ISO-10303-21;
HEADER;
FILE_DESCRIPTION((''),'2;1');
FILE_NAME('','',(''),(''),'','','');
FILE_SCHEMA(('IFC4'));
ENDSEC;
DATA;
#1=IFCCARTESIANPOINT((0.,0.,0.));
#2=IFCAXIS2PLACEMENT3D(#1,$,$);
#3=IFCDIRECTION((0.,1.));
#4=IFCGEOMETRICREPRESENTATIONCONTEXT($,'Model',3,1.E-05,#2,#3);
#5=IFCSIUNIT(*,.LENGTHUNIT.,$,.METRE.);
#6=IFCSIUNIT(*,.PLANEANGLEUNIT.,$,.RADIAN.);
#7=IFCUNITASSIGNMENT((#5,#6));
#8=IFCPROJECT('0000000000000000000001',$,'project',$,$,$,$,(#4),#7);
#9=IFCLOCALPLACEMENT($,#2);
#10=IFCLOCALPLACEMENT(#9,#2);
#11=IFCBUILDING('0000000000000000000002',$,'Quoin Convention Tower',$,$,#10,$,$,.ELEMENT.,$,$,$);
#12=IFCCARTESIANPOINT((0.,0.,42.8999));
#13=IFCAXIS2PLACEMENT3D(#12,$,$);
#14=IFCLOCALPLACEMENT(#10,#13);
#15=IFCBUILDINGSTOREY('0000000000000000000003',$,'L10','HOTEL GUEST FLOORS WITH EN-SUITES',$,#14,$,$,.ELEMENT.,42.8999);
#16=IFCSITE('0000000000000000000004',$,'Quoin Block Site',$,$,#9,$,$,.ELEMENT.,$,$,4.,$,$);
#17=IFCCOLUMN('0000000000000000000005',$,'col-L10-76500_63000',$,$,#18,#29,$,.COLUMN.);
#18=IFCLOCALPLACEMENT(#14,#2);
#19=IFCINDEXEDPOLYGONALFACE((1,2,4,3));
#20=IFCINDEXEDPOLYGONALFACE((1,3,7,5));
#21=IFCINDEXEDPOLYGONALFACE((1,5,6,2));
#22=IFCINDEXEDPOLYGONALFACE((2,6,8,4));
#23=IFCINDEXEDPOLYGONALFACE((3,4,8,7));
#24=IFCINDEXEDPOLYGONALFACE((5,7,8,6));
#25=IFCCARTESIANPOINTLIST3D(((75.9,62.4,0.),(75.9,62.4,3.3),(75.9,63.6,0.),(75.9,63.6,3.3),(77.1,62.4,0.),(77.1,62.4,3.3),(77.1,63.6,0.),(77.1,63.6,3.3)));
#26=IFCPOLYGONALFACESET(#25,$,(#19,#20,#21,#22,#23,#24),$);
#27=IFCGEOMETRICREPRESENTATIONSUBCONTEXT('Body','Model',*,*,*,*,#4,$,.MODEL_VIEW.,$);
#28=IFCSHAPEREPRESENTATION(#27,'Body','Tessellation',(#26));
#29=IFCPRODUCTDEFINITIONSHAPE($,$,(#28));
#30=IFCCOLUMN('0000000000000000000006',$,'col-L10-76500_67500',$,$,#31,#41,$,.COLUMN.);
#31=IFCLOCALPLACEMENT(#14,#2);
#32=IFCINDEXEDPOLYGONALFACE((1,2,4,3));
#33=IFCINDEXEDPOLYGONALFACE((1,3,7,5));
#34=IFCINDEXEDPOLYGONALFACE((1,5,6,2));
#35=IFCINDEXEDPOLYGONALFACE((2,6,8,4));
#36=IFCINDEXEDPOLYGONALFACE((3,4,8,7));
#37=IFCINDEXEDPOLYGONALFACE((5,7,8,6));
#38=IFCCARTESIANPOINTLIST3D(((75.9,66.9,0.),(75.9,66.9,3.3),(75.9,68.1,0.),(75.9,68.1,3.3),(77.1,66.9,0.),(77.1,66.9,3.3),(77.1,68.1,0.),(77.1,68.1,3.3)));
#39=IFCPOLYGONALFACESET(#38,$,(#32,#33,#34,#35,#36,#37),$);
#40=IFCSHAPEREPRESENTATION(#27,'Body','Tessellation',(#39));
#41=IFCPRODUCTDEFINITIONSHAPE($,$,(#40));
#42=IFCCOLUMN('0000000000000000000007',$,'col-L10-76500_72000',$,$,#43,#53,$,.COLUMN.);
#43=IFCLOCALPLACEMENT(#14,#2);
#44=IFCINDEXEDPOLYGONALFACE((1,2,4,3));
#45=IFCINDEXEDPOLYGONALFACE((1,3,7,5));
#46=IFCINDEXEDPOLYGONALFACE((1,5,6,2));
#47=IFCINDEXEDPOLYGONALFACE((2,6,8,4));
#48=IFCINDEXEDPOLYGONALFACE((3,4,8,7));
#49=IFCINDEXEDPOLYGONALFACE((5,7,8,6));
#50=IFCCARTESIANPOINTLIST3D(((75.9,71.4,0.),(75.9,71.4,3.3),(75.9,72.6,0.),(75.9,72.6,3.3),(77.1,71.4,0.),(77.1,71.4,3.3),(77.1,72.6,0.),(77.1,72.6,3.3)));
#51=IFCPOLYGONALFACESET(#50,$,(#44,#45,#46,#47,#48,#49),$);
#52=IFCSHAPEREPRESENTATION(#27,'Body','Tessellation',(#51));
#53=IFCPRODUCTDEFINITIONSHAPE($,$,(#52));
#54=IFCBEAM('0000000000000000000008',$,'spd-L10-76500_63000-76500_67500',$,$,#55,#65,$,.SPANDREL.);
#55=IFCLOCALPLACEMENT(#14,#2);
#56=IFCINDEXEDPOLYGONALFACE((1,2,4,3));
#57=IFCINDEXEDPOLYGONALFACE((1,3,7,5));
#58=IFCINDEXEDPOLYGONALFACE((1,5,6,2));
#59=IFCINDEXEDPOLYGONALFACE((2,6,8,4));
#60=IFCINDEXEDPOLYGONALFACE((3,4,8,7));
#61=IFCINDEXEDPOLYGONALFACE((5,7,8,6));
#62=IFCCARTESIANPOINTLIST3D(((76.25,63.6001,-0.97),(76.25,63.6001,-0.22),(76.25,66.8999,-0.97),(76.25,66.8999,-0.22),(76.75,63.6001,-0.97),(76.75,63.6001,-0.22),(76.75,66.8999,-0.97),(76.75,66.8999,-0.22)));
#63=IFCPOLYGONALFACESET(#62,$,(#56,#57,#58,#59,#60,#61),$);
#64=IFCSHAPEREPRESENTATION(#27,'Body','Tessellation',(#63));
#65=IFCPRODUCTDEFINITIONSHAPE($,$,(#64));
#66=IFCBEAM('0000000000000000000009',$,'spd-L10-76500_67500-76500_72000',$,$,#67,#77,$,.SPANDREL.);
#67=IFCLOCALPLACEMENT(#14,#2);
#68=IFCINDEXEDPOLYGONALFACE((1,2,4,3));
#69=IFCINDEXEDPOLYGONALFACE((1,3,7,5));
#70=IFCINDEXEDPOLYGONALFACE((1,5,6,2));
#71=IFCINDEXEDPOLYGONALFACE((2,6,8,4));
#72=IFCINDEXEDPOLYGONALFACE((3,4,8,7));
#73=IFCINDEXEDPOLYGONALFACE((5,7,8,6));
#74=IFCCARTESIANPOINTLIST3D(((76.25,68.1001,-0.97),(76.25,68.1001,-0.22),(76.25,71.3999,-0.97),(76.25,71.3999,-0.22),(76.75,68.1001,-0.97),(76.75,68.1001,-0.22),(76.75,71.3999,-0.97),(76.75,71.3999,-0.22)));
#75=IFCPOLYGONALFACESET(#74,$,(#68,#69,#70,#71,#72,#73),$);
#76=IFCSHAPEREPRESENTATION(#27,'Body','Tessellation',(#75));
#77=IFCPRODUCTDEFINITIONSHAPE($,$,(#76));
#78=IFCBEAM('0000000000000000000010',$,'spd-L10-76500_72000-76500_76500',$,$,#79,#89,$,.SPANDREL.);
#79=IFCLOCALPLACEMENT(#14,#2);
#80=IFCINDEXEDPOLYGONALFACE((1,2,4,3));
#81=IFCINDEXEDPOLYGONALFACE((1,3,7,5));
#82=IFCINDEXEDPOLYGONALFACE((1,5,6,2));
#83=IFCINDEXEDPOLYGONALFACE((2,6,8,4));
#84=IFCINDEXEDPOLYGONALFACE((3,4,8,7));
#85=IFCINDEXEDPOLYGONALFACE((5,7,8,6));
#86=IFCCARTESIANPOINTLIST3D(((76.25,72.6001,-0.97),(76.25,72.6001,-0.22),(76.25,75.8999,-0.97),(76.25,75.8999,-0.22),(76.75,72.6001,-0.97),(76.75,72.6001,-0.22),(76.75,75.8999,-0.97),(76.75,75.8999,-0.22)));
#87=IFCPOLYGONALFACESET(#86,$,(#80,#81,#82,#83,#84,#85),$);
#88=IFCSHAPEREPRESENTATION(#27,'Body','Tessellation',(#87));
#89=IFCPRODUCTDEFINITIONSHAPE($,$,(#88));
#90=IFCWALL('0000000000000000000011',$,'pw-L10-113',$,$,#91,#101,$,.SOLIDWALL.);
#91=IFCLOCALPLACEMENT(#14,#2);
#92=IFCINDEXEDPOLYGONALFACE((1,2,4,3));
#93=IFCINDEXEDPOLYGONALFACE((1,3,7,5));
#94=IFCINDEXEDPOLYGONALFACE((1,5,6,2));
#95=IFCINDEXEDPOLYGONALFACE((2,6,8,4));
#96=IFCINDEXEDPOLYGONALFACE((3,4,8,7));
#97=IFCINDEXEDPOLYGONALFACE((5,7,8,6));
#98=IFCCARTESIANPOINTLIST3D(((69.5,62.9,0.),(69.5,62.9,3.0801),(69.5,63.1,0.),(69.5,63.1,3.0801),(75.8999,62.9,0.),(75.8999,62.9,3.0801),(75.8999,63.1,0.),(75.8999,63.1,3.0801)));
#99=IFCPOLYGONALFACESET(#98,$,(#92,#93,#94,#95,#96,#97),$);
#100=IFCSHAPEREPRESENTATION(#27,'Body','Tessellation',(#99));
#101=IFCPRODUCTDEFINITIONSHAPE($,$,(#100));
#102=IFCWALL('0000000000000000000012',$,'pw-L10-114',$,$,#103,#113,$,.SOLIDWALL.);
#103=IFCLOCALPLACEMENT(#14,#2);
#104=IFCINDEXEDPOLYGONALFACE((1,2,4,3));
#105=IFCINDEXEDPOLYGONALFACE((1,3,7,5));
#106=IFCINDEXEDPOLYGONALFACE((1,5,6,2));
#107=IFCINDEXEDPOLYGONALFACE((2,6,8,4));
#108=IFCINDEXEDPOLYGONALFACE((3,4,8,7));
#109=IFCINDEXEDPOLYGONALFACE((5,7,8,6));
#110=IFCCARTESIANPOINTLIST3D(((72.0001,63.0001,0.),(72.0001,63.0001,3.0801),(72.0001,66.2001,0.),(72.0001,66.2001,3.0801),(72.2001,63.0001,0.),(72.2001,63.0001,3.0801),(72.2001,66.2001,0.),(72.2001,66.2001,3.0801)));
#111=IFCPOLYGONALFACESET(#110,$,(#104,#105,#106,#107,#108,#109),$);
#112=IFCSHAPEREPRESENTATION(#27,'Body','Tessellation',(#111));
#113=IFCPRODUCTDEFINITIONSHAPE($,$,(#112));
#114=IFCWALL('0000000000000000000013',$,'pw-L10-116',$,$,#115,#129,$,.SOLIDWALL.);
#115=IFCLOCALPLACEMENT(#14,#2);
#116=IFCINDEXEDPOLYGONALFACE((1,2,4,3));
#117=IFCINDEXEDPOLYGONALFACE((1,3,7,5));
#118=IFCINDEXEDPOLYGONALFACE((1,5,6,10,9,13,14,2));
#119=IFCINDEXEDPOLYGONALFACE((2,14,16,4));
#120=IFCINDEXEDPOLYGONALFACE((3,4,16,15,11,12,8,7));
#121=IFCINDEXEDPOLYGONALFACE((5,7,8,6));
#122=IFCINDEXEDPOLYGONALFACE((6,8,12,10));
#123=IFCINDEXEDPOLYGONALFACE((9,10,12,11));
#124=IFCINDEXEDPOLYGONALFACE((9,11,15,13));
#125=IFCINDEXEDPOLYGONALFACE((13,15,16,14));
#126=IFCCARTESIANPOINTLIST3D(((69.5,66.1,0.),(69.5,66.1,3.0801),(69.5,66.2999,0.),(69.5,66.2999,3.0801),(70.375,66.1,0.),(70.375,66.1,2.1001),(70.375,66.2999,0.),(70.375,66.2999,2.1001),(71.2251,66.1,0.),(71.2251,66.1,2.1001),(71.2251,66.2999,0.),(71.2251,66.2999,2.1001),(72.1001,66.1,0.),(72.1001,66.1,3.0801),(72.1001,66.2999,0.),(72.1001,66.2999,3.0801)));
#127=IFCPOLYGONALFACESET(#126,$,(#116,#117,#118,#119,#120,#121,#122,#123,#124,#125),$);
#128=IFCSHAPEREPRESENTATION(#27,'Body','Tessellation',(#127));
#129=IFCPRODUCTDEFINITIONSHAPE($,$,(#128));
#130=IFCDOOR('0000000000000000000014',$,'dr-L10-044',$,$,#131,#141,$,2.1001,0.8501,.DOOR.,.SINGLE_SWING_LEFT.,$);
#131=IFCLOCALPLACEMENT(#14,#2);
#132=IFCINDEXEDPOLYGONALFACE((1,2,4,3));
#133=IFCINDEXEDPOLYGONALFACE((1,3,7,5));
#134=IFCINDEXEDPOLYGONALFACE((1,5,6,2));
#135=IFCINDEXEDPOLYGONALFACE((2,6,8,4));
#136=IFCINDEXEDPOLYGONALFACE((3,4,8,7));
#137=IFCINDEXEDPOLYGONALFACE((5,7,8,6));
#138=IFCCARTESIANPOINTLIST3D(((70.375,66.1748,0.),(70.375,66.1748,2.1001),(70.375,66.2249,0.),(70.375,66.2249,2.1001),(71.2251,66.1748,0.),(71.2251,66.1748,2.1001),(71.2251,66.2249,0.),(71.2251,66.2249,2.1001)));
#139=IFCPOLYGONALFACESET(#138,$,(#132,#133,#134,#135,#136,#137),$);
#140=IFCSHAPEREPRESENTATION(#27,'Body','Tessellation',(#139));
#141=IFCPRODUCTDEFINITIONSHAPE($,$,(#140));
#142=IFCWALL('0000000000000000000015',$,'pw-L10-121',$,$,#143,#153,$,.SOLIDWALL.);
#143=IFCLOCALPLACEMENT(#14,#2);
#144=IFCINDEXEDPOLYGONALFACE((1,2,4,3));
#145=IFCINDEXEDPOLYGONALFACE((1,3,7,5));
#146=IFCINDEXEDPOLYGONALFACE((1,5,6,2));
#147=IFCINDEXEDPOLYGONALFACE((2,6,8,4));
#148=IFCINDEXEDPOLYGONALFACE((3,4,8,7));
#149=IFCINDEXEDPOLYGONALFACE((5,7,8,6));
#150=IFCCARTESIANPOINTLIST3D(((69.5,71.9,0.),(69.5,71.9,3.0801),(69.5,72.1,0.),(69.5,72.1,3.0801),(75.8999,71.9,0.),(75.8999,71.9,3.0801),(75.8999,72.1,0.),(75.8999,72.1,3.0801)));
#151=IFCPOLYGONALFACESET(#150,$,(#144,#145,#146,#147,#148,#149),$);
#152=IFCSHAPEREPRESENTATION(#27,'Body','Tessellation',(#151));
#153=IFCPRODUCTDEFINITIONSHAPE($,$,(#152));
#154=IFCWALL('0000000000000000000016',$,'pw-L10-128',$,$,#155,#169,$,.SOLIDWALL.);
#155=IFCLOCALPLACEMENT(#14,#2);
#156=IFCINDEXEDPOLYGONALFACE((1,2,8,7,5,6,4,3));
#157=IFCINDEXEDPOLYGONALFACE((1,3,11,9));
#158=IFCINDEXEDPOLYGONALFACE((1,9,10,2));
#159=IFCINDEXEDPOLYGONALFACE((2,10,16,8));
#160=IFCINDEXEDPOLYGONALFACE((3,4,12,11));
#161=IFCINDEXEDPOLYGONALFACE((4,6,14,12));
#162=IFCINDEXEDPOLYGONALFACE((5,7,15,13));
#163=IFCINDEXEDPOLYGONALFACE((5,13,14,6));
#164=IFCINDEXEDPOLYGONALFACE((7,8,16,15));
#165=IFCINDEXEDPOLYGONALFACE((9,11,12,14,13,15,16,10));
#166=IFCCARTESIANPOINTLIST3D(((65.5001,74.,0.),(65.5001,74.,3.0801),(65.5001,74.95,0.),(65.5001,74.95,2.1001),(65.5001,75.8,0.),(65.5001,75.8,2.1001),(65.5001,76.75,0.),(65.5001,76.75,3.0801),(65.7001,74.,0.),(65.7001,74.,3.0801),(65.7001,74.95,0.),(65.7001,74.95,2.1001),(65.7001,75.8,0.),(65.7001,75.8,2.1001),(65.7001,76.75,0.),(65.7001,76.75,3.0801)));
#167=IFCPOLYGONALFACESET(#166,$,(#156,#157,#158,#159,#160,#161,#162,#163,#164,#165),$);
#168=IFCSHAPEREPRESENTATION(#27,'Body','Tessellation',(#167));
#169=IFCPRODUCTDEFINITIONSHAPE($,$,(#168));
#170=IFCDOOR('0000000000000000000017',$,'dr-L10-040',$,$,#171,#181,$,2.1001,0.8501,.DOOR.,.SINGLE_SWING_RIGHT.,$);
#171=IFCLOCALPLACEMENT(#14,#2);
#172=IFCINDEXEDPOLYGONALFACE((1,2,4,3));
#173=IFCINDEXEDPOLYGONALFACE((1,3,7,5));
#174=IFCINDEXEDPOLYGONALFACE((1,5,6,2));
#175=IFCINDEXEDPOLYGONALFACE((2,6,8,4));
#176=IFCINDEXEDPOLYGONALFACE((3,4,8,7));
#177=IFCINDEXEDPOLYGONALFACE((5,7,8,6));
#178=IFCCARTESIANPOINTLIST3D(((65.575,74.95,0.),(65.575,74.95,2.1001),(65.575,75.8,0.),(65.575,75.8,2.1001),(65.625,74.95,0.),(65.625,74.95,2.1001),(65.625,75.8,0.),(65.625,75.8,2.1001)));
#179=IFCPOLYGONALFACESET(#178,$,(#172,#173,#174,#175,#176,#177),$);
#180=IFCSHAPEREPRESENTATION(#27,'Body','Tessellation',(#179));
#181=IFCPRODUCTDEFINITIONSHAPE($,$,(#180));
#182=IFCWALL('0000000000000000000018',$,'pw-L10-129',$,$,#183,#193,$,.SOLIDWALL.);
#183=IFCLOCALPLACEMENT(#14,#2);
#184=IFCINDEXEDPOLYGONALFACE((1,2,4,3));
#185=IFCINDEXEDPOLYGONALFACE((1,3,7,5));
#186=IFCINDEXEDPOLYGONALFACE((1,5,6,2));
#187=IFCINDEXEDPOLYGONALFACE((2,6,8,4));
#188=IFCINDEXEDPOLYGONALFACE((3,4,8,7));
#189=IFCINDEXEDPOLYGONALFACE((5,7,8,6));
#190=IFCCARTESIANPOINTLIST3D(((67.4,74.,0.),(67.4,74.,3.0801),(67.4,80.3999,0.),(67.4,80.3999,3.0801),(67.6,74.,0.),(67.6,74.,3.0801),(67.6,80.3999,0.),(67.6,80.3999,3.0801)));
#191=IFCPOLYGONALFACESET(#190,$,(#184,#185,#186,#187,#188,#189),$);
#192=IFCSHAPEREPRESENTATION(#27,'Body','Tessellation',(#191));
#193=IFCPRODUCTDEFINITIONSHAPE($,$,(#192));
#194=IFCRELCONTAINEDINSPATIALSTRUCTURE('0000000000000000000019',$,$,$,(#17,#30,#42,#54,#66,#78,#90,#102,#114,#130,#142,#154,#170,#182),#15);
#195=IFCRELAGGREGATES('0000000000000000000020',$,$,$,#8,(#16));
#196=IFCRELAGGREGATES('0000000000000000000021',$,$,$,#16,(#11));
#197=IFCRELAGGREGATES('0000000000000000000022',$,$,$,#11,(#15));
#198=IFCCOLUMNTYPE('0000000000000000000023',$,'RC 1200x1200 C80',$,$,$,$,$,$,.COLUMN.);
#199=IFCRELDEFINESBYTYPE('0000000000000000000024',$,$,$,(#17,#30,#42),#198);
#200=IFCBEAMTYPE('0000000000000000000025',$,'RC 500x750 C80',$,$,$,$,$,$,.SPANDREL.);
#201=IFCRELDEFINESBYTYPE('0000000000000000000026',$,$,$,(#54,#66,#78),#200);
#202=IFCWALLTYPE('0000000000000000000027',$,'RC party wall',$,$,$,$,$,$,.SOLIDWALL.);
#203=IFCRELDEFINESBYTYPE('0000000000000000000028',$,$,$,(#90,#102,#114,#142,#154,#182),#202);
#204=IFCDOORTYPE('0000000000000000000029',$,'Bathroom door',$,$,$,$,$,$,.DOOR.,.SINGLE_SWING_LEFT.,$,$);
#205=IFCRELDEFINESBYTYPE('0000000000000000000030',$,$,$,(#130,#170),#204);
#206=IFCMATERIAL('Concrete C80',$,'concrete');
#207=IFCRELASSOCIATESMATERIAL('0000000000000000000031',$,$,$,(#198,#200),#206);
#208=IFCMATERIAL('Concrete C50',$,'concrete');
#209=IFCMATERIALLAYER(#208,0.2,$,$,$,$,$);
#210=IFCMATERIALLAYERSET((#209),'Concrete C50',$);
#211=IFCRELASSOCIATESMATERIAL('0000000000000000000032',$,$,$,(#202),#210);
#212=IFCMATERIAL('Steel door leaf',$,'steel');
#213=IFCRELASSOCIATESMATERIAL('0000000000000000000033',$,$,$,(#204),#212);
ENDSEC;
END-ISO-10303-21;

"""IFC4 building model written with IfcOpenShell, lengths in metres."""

from ifc_helpers import new_model, si_unit, direction, frame, frame_2d, origin, origin_2d, place, context, subcontext, project, spatial, rectangle, extrude, material, layer, layer_set, material_profile, profile_set, type_object, element, fill, save


model = new_model("IFC4")

# Units and contexts
model_context = context("Model", 3, precision=1e-05, world=origin(), true_north=direction((0.0, 1.0)))
body_context = subcontext(model_context, "Body", "Model", "MODEL_VIEW")
ifc_project = project(units=[si_unit("LENGTHUNIT", "METRE"), si_unit("PLANEANGLEUNIT", "RADIAN")], contexts=[model_context])

# Site, building, storey
site_placement = place(None, origin())
site = spatial("IfcSite", under=ifc_project, at=site_placement, Name="Quoin Block Site", CompositionType="ELEMENT", RefElevation=4.0)
building_placement = place(site_placement, origin())
building = spatial("IfcBuilding", under=site, at=building_placement, Name="Quoin Convention Tower", CompositionType="ELEMENT")
storey_placement = place(building_placement, frame((0.0, 0.0, 42.8999)))
storey = spatial("IfcBuildingStorey", under=building, at=storey_placement, Name="L10", Description="HOTEL GUEST FLOORS WITH EN-SUITES", CompositionType="ELEMENT", Elevation=42.8999)

# Columns
ifc_material_1 = material(Name="Concrete C80", Category="concrete")
ifc_material_profile_1 = material_profile(ifc_material_1, rectangle(XDim=1.2, YDim=1.2, at=origin_2d()), Name="RC 1200x1200")
ifc_profile_set_1 = profile_set([ifc_material_profile_1], Name="Concrete C80")
column_type = type_object("IfcColumnType", Name="RC 1200x1200 C80", PredefinedType="COLUMN", material=ifc_profile_set_1)
for number, where, z_axis, x_axis, name in (
    (1, (76.5, 63.0, 0.0), (0.0, 0.0, 1.0), (1.0, 0.0, 0.0), "col-L10-76500_63000"),
    (2, (76.5, 67.5, 0.0), (0.0, 0.0, 1.0), (1.0, 0.0, 0.0), "col-L10-76500_67500"),
    (3, (76.5, 72.0, 0.0), (0.0, 0.0, 1.0), (1.0, 0.0, 0.0), "col-L10-76500_72000"),
):
    element("IfcColumn", number, at=place(storey_placement, frame(where, z_axis=z_axis, x_axis=x_axis)), inside=storey, type_object=column_type, Name=name, PredefinedType="COLUMN", context=body_context, shape_type="SweptSolid", body=[
        extrude(rectangle(XDim=1.2, YDim=1.2, at=origin_2d()), origin(), (0.0, 0.0, 1.0), 3.3),
    ])

# Beams
ifc_material_profile_2 = material_profile(ifc_material_1, rectangle(XDim=0.5, YDim=0.75, at=origin_2d()), Name="RC 500x750")
ifc_profile_set_2 = profile_set([ifc_material_profile_2], Name="Concrete C80")
beam_type = type_object("IfcBeamType", Name="RC 500x750 C80", PredefinedType="SPANDREL", material=ifc_profile_set_2)
for number, where, z_axis, x_axis, name in (
    (4, (76.5, 63.6001, -0.595), (0.0, 1.0, 0.0), (-1.0, 0.0, 0.0), "spd-L10-76500_63000-76500_67500"),
    (5, (76.5, 68.1001, -0.595), (0.0, 1.0, 0.0), (-1.0, 0.0, 0.0), "spd-L10-76500_67500-76500_72000"),
    (6, (76.5, 72.6001, -0.595), (0.0, 1.0, 0.0), (-1.0, 0.0, 0.0), "spd-L10-76500_72000-76500_76500"),
):
    element("IfcBeam", number, at=place(storey_placement, frame(where, z_axis=z_axis, x_axis=x_axis)), inside=storey, type_object=beam_type, Name=name, PredefinedType="SPANDREL", context=body_context, shape_type="SweptSolid", body=[
        extrude(rectangle(XDim=0.5, YDim=0.75, at=origin_2d()), origin(), (0.0, 0.0, 1.0), 3.2998),
    ])

# Walls
ifc_material_2 = material(Name="Concrete C50", Category="concrete")
ifc_layer = layer(ifc_material_2, 0.2)
ifc_layer_set = layer_set([ifc_layer], Name="Concrete C50")
wall_type = type_object("IfcWallType", Name="RC party wall", PredefinedType="SOLIDWALL", material=ifc_layer_set)
wall_1_placement = place(storey_placement, frame((69.5, 63.0, 0.0), z_axis=(0.0, 0.0, 1.0), x_axis=(1.0, 0.0, 0.0)))
element("IfcWall", 7, at=wall_1_placement, inside=storey, type_object=wall_type, Name="pw-L10-113", PredefinedType="SOLIDWALL", context=body_context, shape_type="SweptSolid", body=[
    extrude(rectangle(XDim=6.3999, YDim=0.2, at=frame_2d((3.2, 0.0))), origin(), (0.0, 0.0, 1.0), 3.0801),
])
wall_2_placement = place(storey_placement, frame((72.1001, 63.0, 0.0), z_axis=(0.0, 0.0, 1.0), x_axis=(0.0, 1.0, 0.0)))
element("IfcWall", 8, at=wall_2_placement, inside=storey, type_object=wall_type, Name="pw-L10-114", PredefinedType="SOLIDWALL", context=body_context, shape_type="SweptSolid", body=[
    extrude(rectangle(XDim=3.2, YDim=0.2, at=frame_2d((1.6001, 0.0))), origin(), (0.0, 0.0, 1.0), 3.0801),
])

# Wall, opening, door
wall_3_placement = place(storey_placement, frame((69.5, 66.2, 0.0), z_axis=(0.0, 0.0, 1.0), x_axis=(1.0, 0.0, 0.0)))
wall_3 = element("IfcWall", 9, at=wall_3_placement, inside=storey, type_object=wall_type, Name="pw-L10-116", PredefinedType="SOLIDWALL", context=body_context, shape_type="SweptSolid", body=[
    extrude(rectangle(XDim=2.6001, YDim=0.2, at=frame_2d((1.3, 0.0))), origin(), (0.0, 0.0, 1.0), 3.0801),
])
opening_1_placement = place(wall_3_placement, frame((0.875, 0.0, 0.0)))
opening_1 = element("IfcOpeningElement", 10, at=opening_1_placement, cuts=wall_3, PredefinedType="OPENING", context=body_context, shape_type="SweptSolid", body=[
    extrude(rectangle(XDim=0.8501, YDim=2.1001, at=frame_2d((0.425, 1.05))), frame((0.0, 0.1099, 0.0), z_axis=(0.0, -1.0, 0.0), x_axis=(1.0, 0.0, 0.0)), (0.0, 0.0, 1.0), 0.22),
])
ifc_material_3 = material(Name="Steel door leaf", Category="steel")
door_type = type_object("IfcDoorType", Name="Bathroom door", OperationType="SINGLE_SWING_LEFT", PredefinedType="DOOR", material=ifc_material_3)
door_1_placement = place(opening_1_placement, origin())
door_1 = element("IfcDoor", 11, at=door_1_placement, inside=storey, type_object=door_type, Name="dr-L10-044", OperationType="SINGLE_SWING_LEFT", OverallHeight=2.1001, OverallWidth=0.8501, PredefinedType="DOOR", context=body_context, shape_type="SweptSolid", body=[
    extrude(rectangle(XDim=0.8501, YDim=2.1001, at=frame_2d((0.425, 1.05))), frame((0.0, 0.0249, 0.0), z_axis=(0.0, -1.0, 0.0), x_axis=(1.0, 0.0, 0.0)), (0.0, 0.0, 1.0), 0.05),
])
fill(opening_1, door_1)

# Wall
wall_4_placement = place(storey_placement, frame((69.5, 72.0, 0.0), z_axis=(0.0, 0.0, 1.0), x_axis=(1.0, 0.0, 0.0)))
element("IfcWall", 12, at=wall_4_placement, inside=storey, type_object=wall_type, Name="pw-L10-121", PredefinedType="SOLIDWALL", context=body_context, shape_type="SweptSolid", body=[
    extrude(rectangle(XDim=6.3999, YDim=0.2, at=frame_2d((3.2, 0.0))), origin(), (0.0, 0.0, 1.0), 3.0801),
])

# Wall, opening, door
wall_5_placement = place(storey_placement, frame((65.6001, 74.0, 0.0), z_axis=(0.0, 0.0, 1.0), x_axis=(0.0, 1.0, 0.0)))
wall_5 = element("IfcWall", 13, at=wall_5_placement, inside=storey, type_object=wall_type, Name="pw-L10-128", PredefinedType="SOLIDWALL", context=body_context, shape_type="SweptSolid", body=[
    extrude(rectangle(XDim=2.75, YDim=0.2, at=frame_2d((1.375, 0.0))), origin(), (0.0, 0.0, 1.0), 3.0801),
])
opening_2_placement = place(wall_5_placement, frame((0.95, 0.0, 0.0)))
opening_2 = element("IfcOpeningElement", 14, at=opening_2_placement, cuts=wall_5, PredefinedType="OPENING", context=body_context, shape_type="SweptSolid", body=[
    extrude(rectangle(XDim=0.8501, YDim=2.1001, at=frame_2d((0.425, 1.05))), frame((0.0, 0.1099, 0.0), z_axis=(0.0, -1.0, 0.0), x_axis=(1.0, 0.0, 0.0)), (0.0, 0.0, 1.0), 0.22),
])
door_2_placement = place(opening_2_placement, frame((0.8501, 0.0, 0.0), z_axis=(0.0, 0.0, 1.0), x_axis=(-1.0, 0.0, 0.0)))
door_2 = element("IfcDoor", 15, at=door_2_placement, inside=storey, type_object=door_type, Name="dr-L10-040", OperationType="SINGLE_SWING_RIGHT", OverallHeight=2.1001, OverallWidth=0.8501, PredefinedType="DOOR", context=body_context, shape_type="SweptSolid", body=[
    extrude(rectangle(XDim=0.8501, YDim=2.1001, at=frame_2d((0.425, 1.05))), frame((0.0, 0.0249, 0.0), z_axis=(0.0, -1.0, 0.0), x_axis=(1.0, 0.0, 0.0)), (0.0, 0.0, 1.0), 0.05),
])
fill(opening_2, door_2)

# Wall
wall_6_placement = place(storey_placement, frame((67.5, 74.0, 0.0), z_axis=(0.0, 0.0, 1.0), x_axis=(0.0, 1.0, 0.0)))
element("IfcWall", 16, at=wall_6_placement, inside=storey, type_object=wall_type, Name="pw-L10-129", PredefinedType="SOLIDWALL", context=body_context, shape_type="SweptSolid", body=[
    extrude(rectangle(XDim=6.3999, YDim=0.2, at=frame_2d((3.2, 0.0))), origin(), (0.0, 0.0, 1.0), 3.0801),
])

save(model, "model.ifc")
